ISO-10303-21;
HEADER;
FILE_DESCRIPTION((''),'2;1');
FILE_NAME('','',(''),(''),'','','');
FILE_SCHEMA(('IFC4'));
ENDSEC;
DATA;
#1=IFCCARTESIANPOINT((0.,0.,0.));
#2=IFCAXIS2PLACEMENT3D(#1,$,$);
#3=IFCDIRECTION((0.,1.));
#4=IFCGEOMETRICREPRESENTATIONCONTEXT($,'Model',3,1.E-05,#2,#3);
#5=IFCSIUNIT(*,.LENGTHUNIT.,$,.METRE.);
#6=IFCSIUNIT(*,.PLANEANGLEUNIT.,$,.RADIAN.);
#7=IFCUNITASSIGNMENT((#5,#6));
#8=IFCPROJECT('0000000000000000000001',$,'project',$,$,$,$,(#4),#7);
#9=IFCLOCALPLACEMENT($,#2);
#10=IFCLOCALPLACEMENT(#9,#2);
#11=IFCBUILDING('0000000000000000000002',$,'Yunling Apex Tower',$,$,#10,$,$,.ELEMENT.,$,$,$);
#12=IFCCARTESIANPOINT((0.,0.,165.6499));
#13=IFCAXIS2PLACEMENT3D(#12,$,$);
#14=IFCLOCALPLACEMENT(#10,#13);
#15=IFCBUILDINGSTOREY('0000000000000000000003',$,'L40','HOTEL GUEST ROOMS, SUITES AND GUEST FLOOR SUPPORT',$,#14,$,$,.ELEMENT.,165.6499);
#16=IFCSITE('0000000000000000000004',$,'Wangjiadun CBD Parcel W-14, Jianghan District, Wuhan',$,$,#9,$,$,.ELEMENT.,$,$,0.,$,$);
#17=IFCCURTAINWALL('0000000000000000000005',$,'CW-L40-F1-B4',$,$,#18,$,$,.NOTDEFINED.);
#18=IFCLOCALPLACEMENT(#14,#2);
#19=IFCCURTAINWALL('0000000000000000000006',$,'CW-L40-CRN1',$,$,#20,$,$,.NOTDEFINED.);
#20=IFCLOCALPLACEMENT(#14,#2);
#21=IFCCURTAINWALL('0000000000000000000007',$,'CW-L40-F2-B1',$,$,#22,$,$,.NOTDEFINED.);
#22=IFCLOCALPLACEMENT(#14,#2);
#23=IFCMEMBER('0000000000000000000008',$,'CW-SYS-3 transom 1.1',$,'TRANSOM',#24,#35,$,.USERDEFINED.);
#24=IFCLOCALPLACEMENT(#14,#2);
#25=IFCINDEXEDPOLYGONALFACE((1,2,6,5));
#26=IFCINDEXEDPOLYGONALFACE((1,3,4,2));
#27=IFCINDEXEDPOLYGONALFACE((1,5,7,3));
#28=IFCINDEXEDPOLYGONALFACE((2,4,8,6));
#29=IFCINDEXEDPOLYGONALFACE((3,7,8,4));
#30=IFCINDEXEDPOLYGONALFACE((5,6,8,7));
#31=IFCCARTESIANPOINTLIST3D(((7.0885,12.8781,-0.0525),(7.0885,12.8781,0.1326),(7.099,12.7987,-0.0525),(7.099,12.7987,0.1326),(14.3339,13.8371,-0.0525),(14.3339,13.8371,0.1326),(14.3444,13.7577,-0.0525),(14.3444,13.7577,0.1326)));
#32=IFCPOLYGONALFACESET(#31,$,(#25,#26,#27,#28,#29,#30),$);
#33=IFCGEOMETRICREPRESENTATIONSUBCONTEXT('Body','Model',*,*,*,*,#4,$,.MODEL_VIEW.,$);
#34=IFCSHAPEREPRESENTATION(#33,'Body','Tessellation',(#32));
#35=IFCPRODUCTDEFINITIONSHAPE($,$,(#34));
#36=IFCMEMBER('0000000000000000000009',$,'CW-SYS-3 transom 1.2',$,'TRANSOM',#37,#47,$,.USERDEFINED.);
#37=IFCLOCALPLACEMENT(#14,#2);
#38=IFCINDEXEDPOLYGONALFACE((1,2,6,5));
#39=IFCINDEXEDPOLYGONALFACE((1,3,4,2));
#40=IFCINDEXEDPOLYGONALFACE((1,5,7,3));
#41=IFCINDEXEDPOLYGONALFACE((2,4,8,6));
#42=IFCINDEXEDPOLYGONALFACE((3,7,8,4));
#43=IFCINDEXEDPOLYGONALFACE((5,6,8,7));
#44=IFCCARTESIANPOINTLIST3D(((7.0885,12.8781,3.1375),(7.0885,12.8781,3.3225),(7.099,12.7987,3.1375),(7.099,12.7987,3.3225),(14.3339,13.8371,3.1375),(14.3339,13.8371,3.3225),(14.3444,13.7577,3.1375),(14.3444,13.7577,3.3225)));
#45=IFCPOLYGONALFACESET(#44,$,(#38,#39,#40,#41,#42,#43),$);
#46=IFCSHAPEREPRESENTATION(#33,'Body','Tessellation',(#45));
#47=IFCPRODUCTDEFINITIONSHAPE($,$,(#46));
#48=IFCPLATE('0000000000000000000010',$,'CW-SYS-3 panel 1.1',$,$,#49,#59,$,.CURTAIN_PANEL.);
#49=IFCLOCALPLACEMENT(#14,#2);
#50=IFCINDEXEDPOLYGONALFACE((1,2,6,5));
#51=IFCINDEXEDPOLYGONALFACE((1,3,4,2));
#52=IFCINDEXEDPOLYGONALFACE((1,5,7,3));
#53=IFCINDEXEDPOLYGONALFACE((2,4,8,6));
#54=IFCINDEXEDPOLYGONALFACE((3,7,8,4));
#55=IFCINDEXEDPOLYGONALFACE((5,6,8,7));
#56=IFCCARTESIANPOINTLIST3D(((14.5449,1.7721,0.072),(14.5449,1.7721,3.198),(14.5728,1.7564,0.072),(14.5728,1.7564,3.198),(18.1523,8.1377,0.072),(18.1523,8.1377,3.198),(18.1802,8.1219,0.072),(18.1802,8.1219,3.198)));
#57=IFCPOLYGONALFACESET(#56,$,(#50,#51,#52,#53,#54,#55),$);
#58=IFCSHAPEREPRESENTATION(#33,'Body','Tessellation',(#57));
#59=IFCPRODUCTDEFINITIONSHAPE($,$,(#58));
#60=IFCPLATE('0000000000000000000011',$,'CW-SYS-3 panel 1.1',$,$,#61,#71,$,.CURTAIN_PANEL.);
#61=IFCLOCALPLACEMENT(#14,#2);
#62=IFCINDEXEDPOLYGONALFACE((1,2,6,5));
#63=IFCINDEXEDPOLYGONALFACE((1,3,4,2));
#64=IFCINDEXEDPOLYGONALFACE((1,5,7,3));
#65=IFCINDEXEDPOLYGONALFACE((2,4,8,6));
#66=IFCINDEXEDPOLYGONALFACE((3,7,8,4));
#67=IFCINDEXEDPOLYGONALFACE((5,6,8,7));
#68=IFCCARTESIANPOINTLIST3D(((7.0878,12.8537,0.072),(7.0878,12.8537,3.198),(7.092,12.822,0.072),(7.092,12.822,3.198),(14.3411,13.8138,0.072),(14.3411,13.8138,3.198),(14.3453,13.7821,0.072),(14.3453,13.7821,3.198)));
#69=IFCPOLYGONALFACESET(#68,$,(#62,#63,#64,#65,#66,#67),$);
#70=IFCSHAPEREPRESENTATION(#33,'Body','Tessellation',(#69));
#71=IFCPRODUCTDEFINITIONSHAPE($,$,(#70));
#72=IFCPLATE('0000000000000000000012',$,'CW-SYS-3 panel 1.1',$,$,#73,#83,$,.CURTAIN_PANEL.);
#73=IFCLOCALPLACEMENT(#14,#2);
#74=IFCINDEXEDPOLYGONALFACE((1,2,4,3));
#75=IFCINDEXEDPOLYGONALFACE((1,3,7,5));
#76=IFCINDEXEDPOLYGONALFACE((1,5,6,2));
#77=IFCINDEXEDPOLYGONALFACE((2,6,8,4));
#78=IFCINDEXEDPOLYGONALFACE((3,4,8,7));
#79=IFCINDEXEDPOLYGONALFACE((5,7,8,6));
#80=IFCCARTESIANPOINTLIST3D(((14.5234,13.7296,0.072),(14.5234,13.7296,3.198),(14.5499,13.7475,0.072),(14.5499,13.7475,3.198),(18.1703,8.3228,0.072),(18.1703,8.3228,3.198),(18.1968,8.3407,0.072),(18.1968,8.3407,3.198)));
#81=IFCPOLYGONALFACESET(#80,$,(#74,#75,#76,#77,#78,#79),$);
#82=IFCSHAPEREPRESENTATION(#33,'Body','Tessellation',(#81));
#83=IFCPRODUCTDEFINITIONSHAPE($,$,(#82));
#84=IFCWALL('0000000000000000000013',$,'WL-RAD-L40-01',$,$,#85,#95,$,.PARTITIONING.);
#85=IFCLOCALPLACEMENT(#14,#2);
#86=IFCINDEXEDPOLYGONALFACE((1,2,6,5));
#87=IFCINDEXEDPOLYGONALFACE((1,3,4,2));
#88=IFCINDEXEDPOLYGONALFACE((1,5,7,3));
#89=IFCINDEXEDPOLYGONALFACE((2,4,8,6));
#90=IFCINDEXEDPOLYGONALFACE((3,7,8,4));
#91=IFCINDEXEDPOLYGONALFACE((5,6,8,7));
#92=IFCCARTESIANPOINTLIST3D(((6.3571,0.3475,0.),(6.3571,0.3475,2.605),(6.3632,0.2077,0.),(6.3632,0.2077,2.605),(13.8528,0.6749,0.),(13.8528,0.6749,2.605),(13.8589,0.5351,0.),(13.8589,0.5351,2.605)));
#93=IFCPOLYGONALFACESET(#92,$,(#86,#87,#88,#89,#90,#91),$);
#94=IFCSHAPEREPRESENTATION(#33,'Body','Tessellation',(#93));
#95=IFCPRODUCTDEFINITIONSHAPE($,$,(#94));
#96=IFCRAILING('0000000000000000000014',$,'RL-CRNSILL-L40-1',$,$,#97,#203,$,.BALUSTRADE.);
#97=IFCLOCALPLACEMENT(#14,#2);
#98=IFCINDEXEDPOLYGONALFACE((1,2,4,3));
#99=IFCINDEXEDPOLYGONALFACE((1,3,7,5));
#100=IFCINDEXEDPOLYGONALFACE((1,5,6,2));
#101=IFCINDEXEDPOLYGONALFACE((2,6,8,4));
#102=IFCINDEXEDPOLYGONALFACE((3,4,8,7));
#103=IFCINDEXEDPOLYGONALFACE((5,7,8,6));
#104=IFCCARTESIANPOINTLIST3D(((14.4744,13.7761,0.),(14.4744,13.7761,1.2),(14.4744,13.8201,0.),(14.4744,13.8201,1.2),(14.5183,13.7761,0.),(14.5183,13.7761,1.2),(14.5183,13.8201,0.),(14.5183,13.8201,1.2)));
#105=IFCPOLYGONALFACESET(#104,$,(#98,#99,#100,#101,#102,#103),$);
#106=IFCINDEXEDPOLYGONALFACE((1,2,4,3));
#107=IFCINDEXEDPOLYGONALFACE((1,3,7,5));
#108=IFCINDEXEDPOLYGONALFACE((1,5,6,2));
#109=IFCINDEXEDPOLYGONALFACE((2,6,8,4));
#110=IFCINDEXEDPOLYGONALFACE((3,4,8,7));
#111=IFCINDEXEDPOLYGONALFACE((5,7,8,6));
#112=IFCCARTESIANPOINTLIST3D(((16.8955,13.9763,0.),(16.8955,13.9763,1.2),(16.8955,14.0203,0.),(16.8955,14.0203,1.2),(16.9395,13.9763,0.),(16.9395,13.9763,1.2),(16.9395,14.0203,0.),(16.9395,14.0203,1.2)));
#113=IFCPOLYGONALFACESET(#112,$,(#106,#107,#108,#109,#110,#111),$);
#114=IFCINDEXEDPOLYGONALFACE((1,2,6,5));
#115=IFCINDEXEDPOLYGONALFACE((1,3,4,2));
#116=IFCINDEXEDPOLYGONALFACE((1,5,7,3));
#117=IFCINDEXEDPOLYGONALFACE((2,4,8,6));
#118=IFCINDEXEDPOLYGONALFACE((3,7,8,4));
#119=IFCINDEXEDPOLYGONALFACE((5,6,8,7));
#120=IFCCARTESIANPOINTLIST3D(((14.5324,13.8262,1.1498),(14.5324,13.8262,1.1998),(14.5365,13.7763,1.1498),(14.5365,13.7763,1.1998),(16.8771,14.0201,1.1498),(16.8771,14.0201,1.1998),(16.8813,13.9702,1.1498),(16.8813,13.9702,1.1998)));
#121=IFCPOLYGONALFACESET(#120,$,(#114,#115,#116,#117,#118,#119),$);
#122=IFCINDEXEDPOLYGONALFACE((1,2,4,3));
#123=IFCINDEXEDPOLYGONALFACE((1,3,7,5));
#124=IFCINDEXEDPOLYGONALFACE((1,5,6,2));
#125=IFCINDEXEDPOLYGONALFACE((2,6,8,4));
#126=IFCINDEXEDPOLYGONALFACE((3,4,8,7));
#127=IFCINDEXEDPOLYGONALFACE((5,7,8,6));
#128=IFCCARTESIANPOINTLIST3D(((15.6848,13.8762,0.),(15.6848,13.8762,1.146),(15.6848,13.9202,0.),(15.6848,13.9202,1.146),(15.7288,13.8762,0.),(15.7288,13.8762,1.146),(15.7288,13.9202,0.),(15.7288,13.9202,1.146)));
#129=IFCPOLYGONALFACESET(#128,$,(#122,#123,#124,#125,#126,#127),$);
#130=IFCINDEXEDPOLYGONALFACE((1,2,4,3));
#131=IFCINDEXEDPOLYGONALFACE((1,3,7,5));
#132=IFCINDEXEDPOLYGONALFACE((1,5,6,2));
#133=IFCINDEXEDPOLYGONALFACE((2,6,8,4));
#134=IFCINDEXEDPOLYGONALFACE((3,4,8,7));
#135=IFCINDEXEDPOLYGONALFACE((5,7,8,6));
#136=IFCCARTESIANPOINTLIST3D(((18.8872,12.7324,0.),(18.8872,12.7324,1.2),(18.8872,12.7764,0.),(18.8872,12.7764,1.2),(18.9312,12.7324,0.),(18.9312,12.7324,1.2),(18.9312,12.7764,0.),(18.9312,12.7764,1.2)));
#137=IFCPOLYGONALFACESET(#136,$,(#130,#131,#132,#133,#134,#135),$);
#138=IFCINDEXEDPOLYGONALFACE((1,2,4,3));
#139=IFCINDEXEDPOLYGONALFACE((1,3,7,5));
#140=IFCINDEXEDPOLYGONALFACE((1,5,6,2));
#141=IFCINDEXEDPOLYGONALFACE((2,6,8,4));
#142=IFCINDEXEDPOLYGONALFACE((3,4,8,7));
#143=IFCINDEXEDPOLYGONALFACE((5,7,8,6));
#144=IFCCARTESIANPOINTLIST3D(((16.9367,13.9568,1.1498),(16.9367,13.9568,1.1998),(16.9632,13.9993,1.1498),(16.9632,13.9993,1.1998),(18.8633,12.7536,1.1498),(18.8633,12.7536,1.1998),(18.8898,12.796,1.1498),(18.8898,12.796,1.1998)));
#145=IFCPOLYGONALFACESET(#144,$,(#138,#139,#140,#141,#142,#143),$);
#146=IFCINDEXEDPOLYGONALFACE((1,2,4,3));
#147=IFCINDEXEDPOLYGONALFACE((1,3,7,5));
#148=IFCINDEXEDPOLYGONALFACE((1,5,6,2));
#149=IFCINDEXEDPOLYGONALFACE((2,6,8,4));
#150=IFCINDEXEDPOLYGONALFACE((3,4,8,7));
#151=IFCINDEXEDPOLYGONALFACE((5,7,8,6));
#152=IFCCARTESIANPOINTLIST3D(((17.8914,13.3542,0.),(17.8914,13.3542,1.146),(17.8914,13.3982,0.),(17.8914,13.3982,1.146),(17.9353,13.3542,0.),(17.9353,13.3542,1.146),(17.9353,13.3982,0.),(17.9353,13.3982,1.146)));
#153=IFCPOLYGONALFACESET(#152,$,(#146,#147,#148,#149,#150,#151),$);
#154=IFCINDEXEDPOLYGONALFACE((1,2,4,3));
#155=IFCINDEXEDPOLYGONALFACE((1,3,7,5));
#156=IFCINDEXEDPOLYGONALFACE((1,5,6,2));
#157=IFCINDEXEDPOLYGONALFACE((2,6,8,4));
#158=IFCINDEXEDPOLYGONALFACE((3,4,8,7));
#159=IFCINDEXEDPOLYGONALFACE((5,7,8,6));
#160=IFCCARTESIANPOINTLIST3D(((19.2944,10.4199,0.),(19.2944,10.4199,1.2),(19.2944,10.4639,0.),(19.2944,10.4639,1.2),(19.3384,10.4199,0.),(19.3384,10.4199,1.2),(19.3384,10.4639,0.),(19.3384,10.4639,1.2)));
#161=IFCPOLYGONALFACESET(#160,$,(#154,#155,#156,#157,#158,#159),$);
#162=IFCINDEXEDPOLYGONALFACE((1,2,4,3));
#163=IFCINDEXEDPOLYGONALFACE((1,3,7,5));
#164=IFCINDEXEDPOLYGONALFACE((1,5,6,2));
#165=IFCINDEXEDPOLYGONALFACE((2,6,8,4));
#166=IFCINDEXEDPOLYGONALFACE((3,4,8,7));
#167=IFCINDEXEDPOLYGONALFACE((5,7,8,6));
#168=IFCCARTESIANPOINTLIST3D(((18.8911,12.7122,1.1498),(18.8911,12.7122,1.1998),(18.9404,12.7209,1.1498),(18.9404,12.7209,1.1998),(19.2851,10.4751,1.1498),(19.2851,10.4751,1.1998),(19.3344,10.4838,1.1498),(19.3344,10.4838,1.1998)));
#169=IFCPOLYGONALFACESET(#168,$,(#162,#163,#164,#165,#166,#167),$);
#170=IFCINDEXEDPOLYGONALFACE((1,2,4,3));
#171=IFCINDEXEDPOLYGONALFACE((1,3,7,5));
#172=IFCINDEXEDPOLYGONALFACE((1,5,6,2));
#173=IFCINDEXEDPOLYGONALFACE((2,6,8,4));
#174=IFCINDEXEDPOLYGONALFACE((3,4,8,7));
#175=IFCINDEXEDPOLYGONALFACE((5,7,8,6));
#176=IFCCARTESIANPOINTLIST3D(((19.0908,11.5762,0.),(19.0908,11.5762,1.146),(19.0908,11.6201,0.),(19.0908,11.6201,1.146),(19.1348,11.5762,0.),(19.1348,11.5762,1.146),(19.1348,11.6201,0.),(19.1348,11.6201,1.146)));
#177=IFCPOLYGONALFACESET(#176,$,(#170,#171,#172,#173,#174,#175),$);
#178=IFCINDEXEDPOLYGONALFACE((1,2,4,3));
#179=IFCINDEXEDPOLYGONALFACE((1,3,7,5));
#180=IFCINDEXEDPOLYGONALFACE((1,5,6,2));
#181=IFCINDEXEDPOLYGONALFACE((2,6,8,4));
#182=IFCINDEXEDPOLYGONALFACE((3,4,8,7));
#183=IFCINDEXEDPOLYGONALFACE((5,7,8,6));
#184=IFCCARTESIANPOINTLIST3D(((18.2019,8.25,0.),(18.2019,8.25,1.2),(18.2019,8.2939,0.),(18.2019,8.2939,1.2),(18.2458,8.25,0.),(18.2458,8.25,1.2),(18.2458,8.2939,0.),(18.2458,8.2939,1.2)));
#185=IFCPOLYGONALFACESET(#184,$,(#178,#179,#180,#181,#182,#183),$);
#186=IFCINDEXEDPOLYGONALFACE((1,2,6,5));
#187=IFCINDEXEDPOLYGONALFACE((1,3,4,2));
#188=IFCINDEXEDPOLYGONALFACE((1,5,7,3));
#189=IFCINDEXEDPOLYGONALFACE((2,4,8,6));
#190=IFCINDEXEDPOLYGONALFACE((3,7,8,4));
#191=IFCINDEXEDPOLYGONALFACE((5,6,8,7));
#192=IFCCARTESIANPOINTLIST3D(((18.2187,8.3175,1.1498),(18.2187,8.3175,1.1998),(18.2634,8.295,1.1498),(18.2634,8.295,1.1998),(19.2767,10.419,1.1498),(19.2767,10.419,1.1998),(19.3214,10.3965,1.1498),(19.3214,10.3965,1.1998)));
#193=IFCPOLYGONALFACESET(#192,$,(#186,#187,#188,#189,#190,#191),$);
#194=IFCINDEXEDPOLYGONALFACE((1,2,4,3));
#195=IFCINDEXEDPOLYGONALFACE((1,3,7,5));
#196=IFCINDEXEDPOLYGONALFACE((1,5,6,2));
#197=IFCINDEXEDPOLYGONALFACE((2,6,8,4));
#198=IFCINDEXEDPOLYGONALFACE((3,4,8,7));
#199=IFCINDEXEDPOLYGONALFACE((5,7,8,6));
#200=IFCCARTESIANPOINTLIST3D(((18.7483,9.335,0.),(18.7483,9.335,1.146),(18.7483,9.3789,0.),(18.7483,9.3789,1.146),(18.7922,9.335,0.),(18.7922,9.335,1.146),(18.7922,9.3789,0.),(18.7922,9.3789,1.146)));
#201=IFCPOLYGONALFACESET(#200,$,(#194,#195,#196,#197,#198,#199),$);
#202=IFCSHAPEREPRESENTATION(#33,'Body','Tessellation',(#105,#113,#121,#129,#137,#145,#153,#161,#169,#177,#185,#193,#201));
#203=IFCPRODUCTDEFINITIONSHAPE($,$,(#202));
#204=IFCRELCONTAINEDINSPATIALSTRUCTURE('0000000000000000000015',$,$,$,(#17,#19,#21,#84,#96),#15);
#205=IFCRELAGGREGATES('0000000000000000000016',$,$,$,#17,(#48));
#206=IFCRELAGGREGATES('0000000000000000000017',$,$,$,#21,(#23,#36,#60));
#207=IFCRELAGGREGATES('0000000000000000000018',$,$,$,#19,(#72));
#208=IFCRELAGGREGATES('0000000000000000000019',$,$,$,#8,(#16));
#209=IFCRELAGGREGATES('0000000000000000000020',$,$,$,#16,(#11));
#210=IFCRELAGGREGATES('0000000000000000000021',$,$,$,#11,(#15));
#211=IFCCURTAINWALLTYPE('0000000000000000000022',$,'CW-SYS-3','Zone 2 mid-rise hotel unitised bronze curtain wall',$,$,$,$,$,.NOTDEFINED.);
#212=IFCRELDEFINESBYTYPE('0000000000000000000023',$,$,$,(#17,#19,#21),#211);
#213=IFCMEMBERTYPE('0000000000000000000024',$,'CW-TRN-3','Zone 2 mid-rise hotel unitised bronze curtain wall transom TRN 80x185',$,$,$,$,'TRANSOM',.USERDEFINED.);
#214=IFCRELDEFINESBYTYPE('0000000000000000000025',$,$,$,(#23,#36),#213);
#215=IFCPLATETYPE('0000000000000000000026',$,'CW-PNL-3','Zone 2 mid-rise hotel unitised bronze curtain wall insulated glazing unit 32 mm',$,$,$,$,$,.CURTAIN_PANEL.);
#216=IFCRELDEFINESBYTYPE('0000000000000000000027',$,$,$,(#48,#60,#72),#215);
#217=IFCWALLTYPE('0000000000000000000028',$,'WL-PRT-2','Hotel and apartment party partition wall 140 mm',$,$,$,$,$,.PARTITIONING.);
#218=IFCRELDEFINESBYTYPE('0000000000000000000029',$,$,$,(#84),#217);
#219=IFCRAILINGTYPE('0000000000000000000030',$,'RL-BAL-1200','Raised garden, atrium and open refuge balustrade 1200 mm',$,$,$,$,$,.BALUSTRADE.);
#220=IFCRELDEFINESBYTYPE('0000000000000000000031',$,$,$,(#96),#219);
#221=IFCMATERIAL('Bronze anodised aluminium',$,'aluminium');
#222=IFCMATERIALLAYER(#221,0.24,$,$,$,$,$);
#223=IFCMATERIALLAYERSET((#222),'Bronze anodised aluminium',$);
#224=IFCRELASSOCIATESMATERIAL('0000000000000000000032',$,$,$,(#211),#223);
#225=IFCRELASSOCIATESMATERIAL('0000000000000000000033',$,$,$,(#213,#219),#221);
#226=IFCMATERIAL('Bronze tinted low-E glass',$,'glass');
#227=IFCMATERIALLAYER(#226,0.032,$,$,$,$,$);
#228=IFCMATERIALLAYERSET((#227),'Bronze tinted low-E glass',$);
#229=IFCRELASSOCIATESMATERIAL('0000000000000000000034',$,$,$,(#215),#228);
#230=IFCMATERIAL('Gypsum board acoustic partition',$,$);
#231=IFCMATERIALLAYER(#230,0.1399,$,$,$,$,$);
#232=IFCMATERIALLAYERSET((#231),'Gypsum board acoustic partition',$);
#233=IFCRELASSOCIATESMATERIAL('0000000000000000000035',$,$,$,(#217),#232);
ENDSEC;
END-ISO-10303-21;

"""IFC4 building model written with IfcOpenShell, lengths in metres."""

from ifc_helpers import new_model, si_unit, direction, frame, frame_2d, origin, origin_2d, place, context, subcontext, project, spatial, rectangle, extrude, source, transform, mapped, material, layer, layer_set, material_profile, profile_set, type_object, element, aggregate, save


model = new_model("IFC4")

# Units and contexts
model_context = context("Model", 3, precision=1e-05, world=origin(), true_north=direction((0.0, 1.0)))
body_context = subcontext(model_context, "Body", "Model", "MODEL_VIEW")
ifc_project = project(units=[si_unit("LENGTHUNIT", "METRE"), si_unit("PLANEANGLEUNIT", "RADIAN")], contexts=[model_context])

# Site, building, storey
site_placement = place(None, origin())
site = spatial("IfcSite", under=ifc_project, at=site_placement, Name="Wangjiadun CBD Parcel W-14, Jianghan District, Wuhan", CompositionType="ELEMENT", RefElevation=0.0)
building_placement = place(site_placement, origin())
building = spatial("IfcBuilding", under=site, at=building_placement, Name="Yunling Apex Tower", CompositionType="ELEMENT")
storey_placement = place(building_placement, frame((0.0, 0.0, 165.6499)))
storey = spatial("IfcBuildingStorey", under=building, at=storey_placement, Name="L40", Description="HOTEL GUEST ROOMS, SUITES AND GUEST FLOOR SUPPORT", CompositionType="ELEMENT", Elevation=165.6499)

# Shared definitions
ifc_material_1 = material(Name="Bronze anodised aluminium", Category="aluminium")
ifc_layer_1 = layer(ifc_material_1, 0.24)
ifc_layer_set_1 = layer_set([ifc_layer_1], Name="Bronze anodised aluminium")
curtain_wall_type = type_object("IfcCurtainWallType", Name="CW-SYS-3", Description="Zone 2 mid-rise hotel unitised bronze curtain wall", PredefinedType="NOTDEFINED", material=ifc_layer_set_1)

# Curtain walls
curtain_wall_1_placement = place(storey_placement, origin())
curtain_wall_1 = element("IfcCurtainWall", 1, at=curtain_wall_1_placement, inside=storey, type_object=curtain_wall_type, Name="CW-L40-F1-B4", PredefinedType="NOTDEFINED")
curtain_wall_2_placement = place(storey_placement, origin())
curtain_wall_2 = element("IfcCurtainWall", 2, at=curtain_wall_2_placement, inside=storey, type_object=curtain_wall_type, Name="CW-L40-CRN1", PredefinedType="NOTDEFINED")
curtain_wall_3_placement = place(storey_placement, origin())
curtain_wall_3 = element("IfcCurtainWall", 3, at=curtain_wall_3_placement, inside=storey, type_object=curtain_wall_type, Name="CW-L40-F2-B1", PredefinedType="NOTDEFINED")
ifc_material_profile_1 = material_profile(ifc_material_1, rectangle(XDim=0.0801, YDim=0.1851, at=origin_2d()))
ifc_profile_set_1 = profile_set([ifc_material_profile_1], Name="Bronze anodised aluminium")
member_type_1 = type_object("IfcMemberType", Name="CW-TRN-3", Description="Zone 2 mid-rise hotel unitised bronze curtain wall transom TRN 80x185", ElementType="TRANSOM", PredefinedType="USERDEFINED", material=ifc_profile_set_1)

# Members
shared_shape_1 = source(origin(), body_context, "Body", "SweptSolid", [
    extrude(rectangle(XDim=0.0801, YDim=0.1851, at=origin_2d()), origin(), (0.0, 0.0, 1.0), 7.3086),
])
member_1_placement = place(storey_placement, frame((14.3391, 13.7974, 0.04), z_axis=(-0.991354, -0.131214, 0.0), x_axis=(0.131214, -0.991354, 0.0)))
member_1 = element("IfcMember", 4, at=member_1_placement, type_object=member_type_1, Name="CW-SYS-3 transom 1.1", ObjectType="TRANSOM", PredefinedType="USERDEFINED", context=body_context, shape_type="MappedRepresentation", body=[
    mapped(shared_shape_1, transform((0.0, 0.0, 0.0), scale=1.0)),
])
member_2_placement = place(storey_placement, frame((14.3391, 13.7974, 3.23), z_axis=(-0.991354, -0.131214, 0.0), x_axis=(0.131214, -0.991354, 0.0)))
member_2 = element("IfcMember", 5, at=member_2_placement, type_object=member_type_1, Name="CW-SYS-3 transom 1.2", ObjectType="TRANSOM", PredefinedType="USERDEFINED", context=body_context, shape_type="MappedRepresentation", body=[
    mapped(shared_shape_1, transform((0.0, 0.0, 0.0), scale=1.0)),
])

# Plates
ifc_material_2 = material(Name="Bronze tinted low-E glass", Category="glass")
ifc_layer_2 = layer(ifc_material_2, 0.032)
ifc_layer_set_2 = layer_set([ifc_layer_2], Name="Bronze tinted low-E glass")
plate_type = type_object("IfcPlateType", Name="CW-PNL-3", Description="Zone 2 mid-rise hotel unitised bronze curtain wall insulated glazing unit 32 mm", PredefinedType="CURTAIN_PANEL", material=ifc_layer_set_2)
shared_shape_2 = source(origin(), body_context, "Body", "SweptSolid", [
    extrude(rectangle(XDim=7.3167, YDim=0.032, at=origin_2d()), origin(), (0.0, 0.0, 1.0), 3.126),
])
plate_1_placement = place(storey_placement, frame((16.3625, 4.947, 0.072), z_axis=(0.0, 0.0, 1.0), x_axis=(0.493041, 0.870006, 0.0)))
plate_1 = element("IfcPlate", 6, at=plate_1_placement, type_object=plate_type, Name="CW-SYS-3 panel 1.1", PredefinedType="CURTAIN_PANEL", context=body_context, shape_type="MappedRepresentation", body=[
    mapped(shared_shape_2, transform((0.0, 0.0, 0.0), scale=1.0)),
])
aggregate(curtain_wall_1, [plate_1])
plate_2_placement = place(storey_placement, frame((10.7166, 13.3179, 0.072), z_axis=(0.0, 0.0, 1.0), x_axis=(-0.991353, -0.131222, 0.0)))
plate_2 = element("IfcPlate", 7, at=plate_2_placement, type_object=plate_type, Name="CW-SYS-3 panel 1.1", PredefinedType="CURTAIN_PANEL", context=body_context, shape_type="MappedRepresentation", body=[
    mapped(shared_shape_2, transform((0.0, 0.0, 0.0), scale=1.0)),
])
aggregate(curtain_wall_3, [member_1, member_2, plate_2])
shared_shape_3 = source(origin(), body_context, "Body", "SweptSolid", [
    extrude(rectangle(XDim=6.5217, YDim=0.032, at=origin_2d()), origin(), (0.0, 0.0, 1.0), 3.126),
])
plate_3_placement = place(storey_placement, frame((16.3601, 11.0352, 0.072), z_axis=(0.0, 0.0, 1.0), x_axis=(-0.559193, 0.829038, 0.0)))
plate_3 = element("IfcPlate", 8, at=plate_3_placement, type_object=plate_type, Name="CW-SYS-3 panel 1.1", PredefinedType="CURTAIN_PANEL", context=body_context, shape_type="MappedRepresentation", body=[
    mapped(shared_shape_3, transform((0.0, 0.0, 0.0), scale=1.0)),
])
aggregate(curtain_wall_2, [plate_3])

# Wall
ifc_material_3 = material(Name="Gypsum board acoustic partition")
ifc_layer_3 = layer(ifc_material_3, 0.1399)
ifc_layer_set_3 = layer_set([ifc_layer_3], Name="Gypsum board acoustic partition")
wall_type = type_object("IfcWallType", Name="WL-PRT-2", Description="Hotel and apartment party partition wall 140 mm", PredefinedType="PARTITIONING", material=ifc_layer_set_3)
wall_placement = place(storey_placement, frame((6.3601, 0.2776, 0.0), z_axis=(0.0, 0.0, 1.0), x_axis=(0.999048, 0.043635, 0.0)))
element("IfcWall", 9, at=wall_placement, inside=storey, type_object=wall_type, Name="WL-RAD-L40-01", PredefinedType="PARTITIONING", context=body_context, shape_type="SweptSolid", body=[
    extrude(rectangle(XDim=7.5029, YDim=0.1399, at=frame_2d((3.7515, 0.0))), origin(), (0.0, 0.0, 1.0), 2.605),
])

# Railing
railing_type = type_object("IfcRailingType", Name="RL-BAL-1200", Description="Raised garden, atrium and open refuge balustrade 1200 mm", PredefinedType="BALUSTRADE", material=ifc_material_1)
railing_1_placement = place(storey_placement, frame((14.4963, 13.7981, 0.0)))
element("IfcRailing", 10, at=railing_1_placement, inside=storey, type_object=railing_type, Name="RL-CRNSILL-L40-1", PredefinedType="BALUSTRADE", context=body_context, shape_type="SweptSolid", body=[
    extrude(rectangle(XDim=0.0439, YDim=0.0439, at=origin_2d()), origin(), (0.0, 0.0, 1.0), 1.2),
    extrude(rectangle(XDim=0.0439, YDim=0.0439, at=origin_2d()), frame((2.4211, 0.2002, 0.0)), (0.0, 0.0, 1.0), 1.2),
    extrude(rectangle(XDim=0.05, YDim=0.05, at=origin_2d()), frame((0.0381, 0.0032, 1.1748), z_axis=(0.996599, 0.082405, 0.0), x_axis=(-0.082405, 0.996599, 0.0)), (0.0, 0.0, 1.0), 2.3528),
    extrude(rectangle(XDim=0.0439, YDim=0.0439, at=origin_2d()), frame((1.2104, 0.1001, 0.0)), (0.0, 0.0, 1.0), 1.146),
    extrude(rectangle(XDim=0.0439, YDim=0.0439, at=origin_2d()), frame((4.4128, -1.0437, 0.0)), (0.0, 0.0, 1.0), 1.2),
    extrude(rectangle(XDim=0.05, YDim=0.05, at=origin_2d()), frame((2.4536, 0.1799, 1.1748), z_axis=(0.848173, -0.529719, 0.0), x_axis=(0.529719, 0.848173, 0.0)), (0.0, 0.0, 1.0), 2.2715),
    extrude(rectangle(XDim=0.0439, YDim=0.0439, at=origin_2d()), frame((3.417, -0.4219, 0.0)), (0.0, 0.0, 1.0), 1.146),
    extrude(rectangle(XDim=0.0439, YDim=0.0439, at=origin_2d()), frame((4.8201, -3.3562, 0.0)), (0.0, 0.0, 1.0), 1.2),
    extrude(rectangle(XDim=0.05, YDim=0.05, at=origin_2d()), frame((4.4194, -1.0815, 1.1748), z_axis=(0.173429, -0.984846, 0.0), x_axis=(0.984846, 0.173429, 0.0)), (0.0, 0.0, 1.0), 2.2715),
    extrude(rectangle(XDim=0.0439, YDim=0.0439, at=origin_2d()), frame((4.6165, -2.2, 0.0)), (0.0, 0.0, 1.0), 1.146),
    extrude(rectangle(XDim=0.0439, YDim=0.0439, at=origin_2d()), frame((3.7275, -5.5261, 0.0)), (0.0, 0.0, 1.0), 1.2),
    extrude(rectangle(XDim=0.05, YDim=0.05, at=origin_2d()), frame((4.8027, -3.3904, 1.1748), z_axis=(-0.449704, -0.893178, 0.0), x_axis=(0.893178, -0.449704, 0.0)), (0.0, 0.0, 1.0), 2.3528),
    extrude(rectangle(XDim=0.0439, YDim=0.0439, at=origin_2d()), frame((4.2739, -4.4412, 0.0)), (0.0, 0.0, 1.0), 1.146),
])

save(model, "model.ifc")
